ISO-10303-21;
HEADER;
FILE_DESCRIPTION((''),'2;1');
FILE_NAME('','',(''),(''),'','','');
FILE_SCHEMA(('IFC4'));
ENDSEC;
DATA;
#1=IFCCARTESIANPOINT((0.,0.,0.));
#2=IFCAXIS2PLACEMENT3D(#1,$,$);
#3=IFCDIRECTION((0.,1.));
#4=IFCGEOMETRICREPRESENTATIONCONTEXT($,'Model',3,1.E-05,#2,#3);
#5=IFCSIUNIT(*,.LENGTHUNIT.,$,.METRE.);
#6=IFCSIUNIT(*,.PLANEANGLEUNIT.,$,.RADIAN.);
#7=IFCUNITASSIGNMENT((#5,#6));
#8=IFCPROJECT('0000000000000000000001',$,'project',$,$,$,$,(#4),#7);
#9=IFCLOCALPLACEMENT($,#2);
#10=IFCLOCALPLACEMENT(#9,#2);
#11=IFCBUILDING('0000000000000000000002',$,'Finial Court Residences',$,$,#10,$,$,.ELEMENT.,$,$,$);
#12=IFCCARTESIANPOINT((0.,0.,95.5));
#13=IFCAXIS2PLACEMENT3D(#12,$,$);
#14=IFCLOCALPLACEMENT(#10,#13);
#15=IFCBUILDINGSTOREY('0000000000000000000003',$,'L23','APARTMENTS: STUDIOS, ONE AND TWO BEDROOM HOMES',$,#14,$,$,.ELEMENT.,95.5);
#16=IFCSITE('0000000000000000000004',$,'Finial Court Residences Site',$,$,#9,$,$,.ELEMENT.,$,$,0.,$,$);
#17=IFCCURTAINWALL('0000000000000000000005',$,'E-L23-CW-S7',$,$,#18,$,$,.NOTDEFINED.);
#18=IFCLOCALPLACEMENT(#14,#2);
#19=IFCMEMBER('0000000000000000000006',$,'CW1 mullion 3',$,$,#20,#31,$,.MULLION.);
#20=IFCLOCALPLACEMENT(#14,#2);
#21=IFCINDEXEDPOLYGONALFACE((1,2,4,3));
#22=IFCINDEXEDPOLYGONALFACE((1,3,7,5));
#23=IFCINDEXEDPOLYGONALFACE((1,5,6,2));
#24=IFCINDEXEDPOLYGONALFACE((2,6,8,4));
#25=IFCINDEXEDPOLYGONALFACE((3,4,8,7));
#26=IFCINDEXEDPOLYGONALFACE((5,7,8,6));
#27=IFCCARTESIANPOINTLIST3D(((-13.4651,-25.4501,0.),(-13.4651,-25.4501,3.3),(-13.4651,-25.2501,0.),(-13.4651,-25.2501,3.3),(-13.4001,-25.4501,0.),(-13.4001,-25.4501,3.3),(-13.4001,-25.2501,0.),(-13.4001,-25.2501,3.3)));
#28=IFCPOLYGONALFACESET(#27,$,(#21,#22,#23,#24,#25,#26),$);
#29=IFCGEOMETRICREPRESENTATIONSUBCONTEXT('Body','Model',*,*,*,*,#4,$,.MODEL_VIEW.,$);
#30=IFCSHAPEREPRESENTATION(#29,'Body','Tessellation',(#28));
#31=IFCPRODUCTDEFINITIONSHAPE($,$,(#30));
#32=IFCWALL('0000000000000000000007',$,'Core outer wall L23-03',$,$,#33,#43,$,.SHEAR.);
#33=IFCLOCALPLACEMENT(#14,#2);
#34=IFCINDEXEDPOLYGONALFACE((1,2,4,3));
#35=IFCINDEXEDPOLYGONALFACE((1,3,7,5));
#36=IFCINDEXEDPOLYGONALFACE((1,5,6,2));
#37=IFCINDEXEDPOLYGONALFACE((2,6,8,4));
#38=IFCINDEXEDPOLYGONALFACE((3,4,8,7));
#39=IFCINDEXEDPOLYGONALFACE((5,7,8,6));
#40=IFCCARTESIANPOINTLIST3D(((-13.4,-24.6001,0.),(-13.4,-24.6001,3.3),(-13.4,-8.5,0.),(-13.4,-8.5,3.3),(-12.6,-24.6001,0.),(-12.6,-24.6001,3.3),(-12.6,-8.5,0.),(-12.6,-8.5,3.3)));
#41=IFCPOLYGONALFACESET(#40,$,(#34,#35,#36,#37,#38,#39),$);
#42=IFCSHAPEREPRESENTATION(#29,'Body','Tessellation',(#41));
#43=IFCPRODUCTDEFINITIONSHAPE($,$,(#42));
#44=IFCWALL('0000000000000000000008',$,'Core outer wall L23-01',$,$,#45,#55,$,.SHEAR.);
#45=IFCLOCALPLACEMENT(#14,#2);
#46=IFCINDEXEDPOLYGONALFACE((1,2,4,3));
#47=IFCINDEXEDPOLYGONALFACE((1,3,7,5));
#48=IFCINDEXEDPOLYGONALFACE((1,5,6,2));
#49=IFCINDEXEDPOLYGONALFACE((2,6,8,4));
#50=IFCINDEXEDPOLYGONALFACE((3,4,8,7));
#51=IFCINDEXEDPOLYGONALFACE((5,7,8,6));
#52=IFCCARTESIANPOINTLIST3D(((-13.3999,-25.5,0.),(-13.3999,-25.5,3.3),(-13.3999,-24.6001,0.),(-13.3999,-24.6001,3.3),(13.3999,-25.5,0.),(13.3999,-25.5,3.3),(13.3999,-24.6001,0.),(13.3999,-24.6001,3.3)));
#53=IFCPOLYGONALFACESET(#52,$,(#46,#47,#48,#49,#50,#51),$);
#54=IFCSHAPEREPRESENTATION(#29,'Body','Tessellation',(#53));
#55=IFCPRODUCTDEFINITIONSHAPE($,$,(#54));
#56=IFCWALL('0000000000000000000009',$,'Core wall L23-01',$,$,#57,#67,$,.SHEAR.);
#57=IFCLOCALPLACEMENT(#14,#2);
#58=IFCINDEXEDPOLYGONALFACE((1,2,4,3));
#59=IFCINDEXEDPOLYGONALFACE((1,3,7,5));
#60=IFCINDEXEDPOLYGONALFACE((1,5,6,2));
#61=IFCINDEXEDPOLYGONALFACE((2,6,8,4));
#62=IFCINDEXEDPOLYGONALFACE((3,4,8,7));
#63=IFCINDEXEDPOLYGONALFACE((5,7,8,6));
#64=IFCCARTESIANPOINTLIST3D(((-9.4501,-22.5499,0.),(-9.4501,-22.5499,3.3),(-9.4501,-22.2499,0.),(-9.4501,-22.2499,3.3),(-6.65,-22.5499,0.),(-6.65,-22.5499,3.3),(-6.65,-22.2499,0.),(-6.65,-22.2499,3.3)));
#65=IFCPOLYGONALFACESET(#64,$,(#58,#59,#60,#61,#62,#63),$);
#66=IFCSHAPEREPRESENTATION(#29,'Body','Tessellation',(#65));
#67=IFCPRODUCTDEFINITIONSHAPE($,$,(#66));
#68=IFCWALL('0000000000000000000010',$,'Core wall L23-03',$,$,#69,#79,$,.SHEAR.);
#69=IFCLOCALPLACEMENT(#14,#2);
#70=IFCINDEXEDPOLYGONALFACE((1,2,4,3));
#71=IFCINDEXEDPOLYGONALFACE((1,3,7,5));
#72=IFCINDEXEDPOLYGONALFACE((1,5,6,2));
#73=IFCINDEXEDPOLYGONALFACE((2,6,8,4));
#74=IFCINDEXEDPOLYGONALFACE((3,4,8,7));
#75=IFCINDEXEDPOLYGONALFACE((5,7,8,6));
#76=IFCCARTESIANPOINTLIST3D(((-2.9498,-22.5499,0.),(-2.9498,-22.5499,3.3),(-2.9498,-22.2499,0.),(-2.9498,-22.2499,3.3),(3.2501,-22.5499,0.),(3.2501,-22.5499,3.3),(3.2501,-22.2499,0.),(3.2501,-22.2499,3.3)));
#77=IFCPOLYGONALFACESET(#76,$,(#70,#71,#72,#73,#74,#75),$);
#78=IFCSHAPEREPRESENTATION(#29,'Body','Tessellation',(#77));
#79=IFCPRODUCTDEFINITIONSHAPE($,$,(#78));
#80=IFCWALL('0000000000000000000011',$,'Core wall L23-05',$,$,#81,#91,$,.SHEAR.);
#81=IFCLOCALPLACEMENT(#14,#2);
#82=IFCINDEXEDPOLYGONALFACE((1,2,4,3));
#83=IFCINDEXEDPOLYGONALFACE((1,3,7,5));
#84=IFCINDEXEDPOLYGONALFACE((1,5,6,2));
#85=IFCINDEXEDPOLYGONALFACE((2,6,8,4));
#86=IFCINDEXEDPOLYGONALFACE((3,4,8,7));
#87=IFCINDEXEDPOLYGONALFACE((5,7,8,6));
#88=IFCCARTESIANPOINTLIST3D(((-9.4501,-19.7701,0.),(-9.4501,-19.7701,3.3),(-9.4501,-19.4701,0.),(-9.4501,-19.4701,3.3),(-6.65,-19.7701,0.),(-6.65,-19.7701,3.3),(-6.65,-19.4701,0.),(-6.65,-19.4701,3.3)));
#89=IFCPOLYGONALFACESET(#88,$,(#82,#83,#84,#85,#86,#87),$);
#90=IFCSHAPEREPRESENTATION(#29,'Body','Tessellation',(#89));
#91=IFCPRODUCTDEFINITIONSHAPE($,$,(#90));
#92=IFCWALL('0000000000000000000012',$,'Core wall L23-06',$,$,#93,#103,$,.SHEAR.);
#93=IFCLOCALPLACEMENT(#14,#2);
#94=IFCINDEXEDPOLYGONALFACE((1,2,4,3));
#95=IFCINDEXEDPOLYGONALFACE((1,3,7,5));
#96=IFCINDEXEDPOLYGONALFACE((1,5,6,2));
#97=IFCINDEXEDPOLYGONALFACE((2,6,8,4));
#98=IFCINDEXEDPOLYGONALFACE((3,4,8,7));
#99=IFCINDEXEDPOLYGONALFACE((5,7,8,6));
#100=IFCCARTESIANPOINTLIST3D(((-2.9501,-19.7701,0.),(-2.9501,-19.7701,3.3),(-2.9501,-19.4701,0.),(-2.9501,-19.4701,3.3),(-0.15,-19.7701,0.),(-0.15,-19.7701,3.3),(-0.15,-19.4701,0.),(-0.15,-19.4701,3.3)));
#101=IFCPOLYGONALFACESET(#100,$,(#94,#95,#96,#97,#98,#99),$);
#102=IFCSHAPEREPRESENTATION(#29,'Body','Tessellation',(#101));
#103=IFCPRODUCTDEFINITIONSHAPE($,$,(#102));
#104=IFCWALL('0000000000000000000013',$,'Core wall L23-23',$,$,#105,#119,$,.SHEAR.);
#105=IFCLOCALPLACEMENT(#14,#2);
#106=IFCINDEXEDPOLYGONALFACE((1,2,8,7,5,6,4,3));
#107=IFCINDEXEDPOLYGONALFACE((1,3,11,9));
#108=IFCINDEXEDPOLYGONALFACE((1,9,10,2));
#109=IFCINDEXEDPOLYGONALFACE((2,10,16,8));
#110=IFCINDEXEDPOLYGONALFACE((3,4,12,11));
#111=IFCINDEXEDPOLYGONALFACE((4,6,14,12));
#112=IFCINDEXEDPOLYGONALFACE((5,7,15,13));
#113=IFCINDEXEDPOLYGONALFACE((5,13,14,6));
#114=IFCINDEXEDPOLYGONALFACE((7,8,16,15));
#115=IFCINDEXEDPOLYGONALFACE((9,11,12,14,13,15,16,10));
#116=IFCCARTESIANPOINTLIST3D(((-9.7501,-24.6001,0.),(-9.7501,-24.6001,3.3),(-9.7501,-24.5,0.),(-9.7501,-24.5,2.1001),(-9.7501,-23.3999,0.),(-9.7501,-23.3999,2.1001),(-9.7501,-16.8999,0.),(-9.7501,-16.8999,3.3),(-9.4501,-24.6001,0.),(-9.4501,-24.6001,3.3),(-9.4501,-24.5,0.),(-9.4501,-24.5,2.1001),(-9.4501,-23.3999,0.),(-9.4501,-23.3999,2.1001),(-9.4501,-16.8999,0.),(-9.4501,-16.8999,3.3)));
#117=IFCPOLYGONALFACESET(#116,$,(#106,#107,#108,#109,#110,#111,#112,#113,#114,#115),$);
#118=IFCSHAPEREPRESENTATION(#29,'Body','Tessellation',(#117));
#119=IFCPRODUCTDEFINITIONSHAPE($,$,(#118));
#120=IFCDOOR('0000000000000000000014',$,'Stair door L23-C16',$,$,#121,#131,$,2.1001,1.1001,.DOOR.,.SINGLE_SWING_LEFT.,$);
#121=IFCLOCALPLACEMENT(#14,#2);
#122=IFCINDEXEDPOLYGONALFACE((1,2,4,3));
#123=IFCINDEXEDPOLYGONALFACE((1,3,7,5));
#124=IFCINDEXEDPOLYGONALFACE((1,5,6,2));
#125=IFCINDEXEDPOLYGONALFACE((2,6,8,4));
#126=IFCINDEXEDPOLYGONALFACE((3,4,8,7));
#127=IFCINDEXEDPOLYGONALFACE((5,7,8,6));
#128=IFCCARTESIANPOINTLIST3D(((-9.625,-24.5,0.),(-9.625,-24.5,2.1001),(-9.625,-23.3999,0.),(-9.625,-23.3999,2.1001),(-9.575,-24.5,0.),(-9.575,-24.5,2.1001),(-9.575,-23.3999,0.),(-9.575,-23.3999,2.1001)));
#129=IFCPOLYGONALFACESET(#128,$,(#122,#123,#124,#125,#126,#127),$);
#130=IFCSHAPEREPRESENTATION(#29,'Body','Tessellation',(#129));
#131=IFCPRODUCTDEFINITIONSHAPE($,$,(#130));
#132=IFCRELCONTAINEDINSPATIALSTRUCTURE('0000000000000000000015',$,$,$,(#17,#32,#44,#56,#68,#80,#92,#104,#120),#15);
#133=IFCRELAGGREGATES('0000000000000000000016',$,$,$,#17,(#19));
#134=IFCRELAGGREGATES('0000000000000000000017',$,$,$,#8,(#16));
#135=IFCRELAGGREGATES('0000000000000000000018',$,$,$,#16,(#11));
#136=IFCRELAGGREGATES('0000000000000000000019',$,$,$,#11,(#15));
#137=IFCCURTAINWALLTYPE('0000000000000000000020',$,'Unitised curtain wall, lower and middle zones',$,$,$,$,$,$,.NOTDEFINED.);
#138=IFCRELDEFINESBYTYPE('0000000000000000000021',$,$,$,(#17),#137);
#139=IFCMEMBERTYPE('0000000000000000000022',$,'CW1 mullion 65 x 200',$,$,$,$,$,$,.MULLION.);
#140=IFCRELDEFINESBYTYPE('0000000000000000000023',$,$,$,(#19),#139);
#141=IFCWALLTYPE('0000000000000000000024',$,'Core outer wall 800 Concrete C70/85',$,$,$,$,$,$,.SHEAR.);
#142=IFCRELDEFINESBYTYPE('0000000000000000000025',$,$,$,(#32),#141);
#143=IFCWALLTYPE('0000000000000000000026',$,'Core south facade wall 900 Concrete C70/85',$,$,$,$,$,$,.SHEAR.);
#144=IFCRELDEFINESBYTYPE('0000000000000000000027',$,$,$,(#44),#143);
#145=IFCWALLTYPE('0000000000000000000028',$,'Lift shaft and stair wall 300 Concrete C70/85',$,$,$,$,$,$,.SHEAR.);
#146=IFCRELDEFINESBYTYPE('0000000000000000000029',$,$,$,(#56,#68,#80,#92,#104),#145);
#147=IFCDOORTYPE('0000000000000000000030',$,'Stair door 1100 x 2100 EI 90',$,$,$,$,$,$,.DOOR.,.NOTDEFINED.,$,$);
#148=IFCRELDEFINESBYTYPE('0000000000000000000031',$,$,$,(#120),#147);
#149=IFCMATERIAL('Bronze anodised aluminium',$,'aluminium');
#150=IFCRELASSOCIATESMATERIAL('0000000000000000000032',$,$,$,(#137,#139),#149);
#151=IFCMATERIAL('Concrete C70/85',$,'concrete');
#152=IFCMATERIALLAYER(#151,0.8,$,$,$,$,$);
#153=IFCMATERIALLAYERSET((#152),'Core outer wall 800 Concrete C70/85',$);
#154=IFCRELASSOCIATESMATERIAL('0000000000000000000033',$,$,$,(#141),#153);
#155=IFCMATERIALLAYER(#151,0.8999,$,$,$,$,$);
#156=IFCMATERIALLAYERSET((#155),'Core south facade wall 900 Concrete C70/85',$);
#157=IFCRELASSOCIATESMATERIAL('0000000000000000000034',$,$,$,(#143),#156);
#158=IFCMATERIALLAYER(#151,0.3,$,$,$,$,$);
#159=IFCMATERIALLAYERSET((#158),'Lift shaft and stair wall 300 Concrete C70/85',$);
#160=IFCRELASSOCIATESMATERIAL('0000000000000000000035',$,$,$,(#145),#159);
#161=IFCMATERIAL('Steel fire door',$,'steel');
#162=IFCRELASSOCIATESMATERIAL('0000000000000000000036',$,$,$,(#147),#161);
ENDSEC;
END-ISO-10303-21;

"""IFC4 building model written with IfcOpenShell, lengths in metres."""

from ifc_helpers import new_model, si_unit, direction, frame, frame_2d, origin, origin_2d, place, context, subcontext, project, spatial, rectangle, extrude, material, layer, layer_set, material_profile, profile_set, type_object, element, fill, aggregate, save


model = new_model("IFC4")

# Units and contexts
model_context = context("Model", 3, precision=1e-05, world=origin(), true_north=direction((0.0, 1.0)))
body_context = subcontext(model_context, "Body", "Model", "MODEL_VIEW")
ifc_project = project(units=[si_unit("LENGTHUNIT", "METRE"), si_unit("PLANEANGLEUNIT", "RADIAN")], contexts=[model_context])

# Site, building, storey
site_placement = place(None, origin())
site = spatial("IfcSite", under=ifc_project, at=site_placement, Name="Finial Court Residences Site", CompositionType="ELEMENT", RefElevation=0.0)
building_placement = place(site_placement, origin())
building = spatial("IfcBuilding", under=site, at=building_placement, Name="Finial Court Residences", CompositionType="ELEMENT")
storey_placement = place(building_placement, frame((0.0, 0.0, 95.5)))
storey = spatial("IfcBuildingStorey", under=building, at=storey_placement, Name="L23", Description="APARTMENTS: STUDIOS, ONE AND TWO BEDROOM HOMES", CompositionType="ELEMENT", Elevation=95.5)

# Curtain wall, member
ifc_material_1 = material(Name="Bronze anodised aluminium", Category="aluminium")
curtain_wall_type = type_object("IfcCurtainWallType", Name="Unitised curtain wall, lower and middle zones", PredefinedType="NOTDEFINED", material=ifc_material_1)
curtain_wall_placement = place(storey_placement, origin())
curtain_wall = element("IfcCurtainWall", 1, at=curtain_wall_placement, inside=storey, type_object=curtain_wall_type, Name="E-L23-CW-S7", PredefinedType="NOTDEFINED")
ifc_material_profile = material_profile(ifc_material_1, rectangle(XDim=0.2, YDim=0.0649, at=origin_2d()), Name="CW1 mullion 65 x 200")
ifc_profile_set = profile_set([ifc_material_profile], Name="Bronze anodised aluminium")
member_type = type_object("IfcMemberType", Name="CW1 mullion 65 x 200", PredefinedType="MULLION", material=ifc_profile_set)
member_placement = place(storey_placement, frame((-13.4326, -25.3501, 0.0), z_axis=(0.0, 0.0, 1.0), x_axis=(0.0, 1.0, 0.0)))
member = element("IfcMember", 2, at=member_placement, type_object=member_type, Name="CW1 mullion 3", PredefinedType="MULLION", context=body_context, shape_type="SweptSolid", body=[
    extrude(rectangle(XDim=0.2, YDim=0.0649, at=origin_2d()), origin(), (0.0, 0.0, 1.0), 3.3),
])
aggregate(curtain_wall, [member])

# Walls
ifc_material_2 = material(Name="Concrete C70/85", Category="concrete")
ifc_layer_1 = layer(ifc_material_2, 0.8)
ifc_layer_set_1 = layer_set([ifc_layer_1], Name="Core outer wall 800 Concrete C70/85")
wall_type_1 = type_object("IfcWallType", Name="Core outer wall 800 Concrete C70/85", PredefinedType="SHEAR", material=ifc_layer_set_1)
wall_1_placement = place(storey_placement, frame((-13.0, -24.6001, 0.0), z_axis=(0.0, 0.0, 1.0), x_axis=(0.0, 1.0, 0.0)))
element("IfcWall", 3, at=wall_1_placement, inside=storey, type_object=wall_type_1, Name="Core outer wall L23-03", PredefinedType="SHEAR", context=body_context, shape_type="SweptSolid", body=[
    extrude(rectangle(XDim=16.1001, YDim=0.8, at=frame_2d((8.05, 0.0))), origin(), (0.0, 0.0, 1.0), 3.3),
])
ifc_layer_2 = layer(ifc_material_2, 0.8999)
ifc_layer_set_2 = layer_set([ifc_layer_2], Name="Core south facade wall 900 Concrete C70/85")
wall_type_2 = type_object("IfcWallType", Name="Core south facade wall 900 Concrete C70/85", PredefinedType="SHEAR", material=ifc_layer_set_2)
wall_2_placement = place(storey_placement, frame((-13.3999, -25.05, 0.0), z_axis=(0.0, 0.0, 1.0), x_axis=(1.0, 0.0, 0.0)))
element("IfcWall", 4, at=wall_2_placement, inside=storey, type_object=wall_type_2, Name="Core outer wall L23-01", PredefinedType="SHEAR", context=body_context, shape_type="SweptSolid", body=[
    extrude(rectangle(XDim=26.7998, YDim=0.8999, at=frame_2d((13.3999, 0.0))), origin(), (0.0, 0.0, 1.0), 3.3),
])
ifc_layer_3 = layer(ifc_material_2, 0.3)
ifc_layer_set_3 = layer_set([ifc_layer_3], Name="Lift shaft and stair wall 300 Concrete C70/85")
wall_type_3 = type_object("IfcWallType", Name="Lift shaft and stair wall 300 Concrete C70/85", PredefinedType="SHEAR", material=ifc_layer_set_3)
wall_3_placement = place(storey_placement, frame((-9.45, -22.3999, 0.0), z_axis=(0.0, 0.0, 1.0), x_axis=(1.0, 0.0, 0.0)))
element("IfcWall", 5, at=wall_3_placement, inside=storey, type_object=wall_type_3, Name="Core wall L23-01", PredefinedType="SHEAR", context=body_context, shape_type="SweptSolid", body=[
    extrude(rectangle(XDim=2.8, YDim=0.3, at=frame_2d((1.3999, 0.0))), origin(), (0.0, 0.0, 1.0), 3.3),
])
wall_4_placement = place(storey_placement, frame((-2.95, -22.3999, 0.0), z_axis=(0.0, 0.0, 1.0), x_axis=(1.0, 0.0, 0.0)))
element("IfcWall", 6, at=wall_4_placement, inside=storey, type_object=wall_type_3, Name="Core wall L23-03", PredefinedType="SHEAR", context=body_context, shape_type="SweptSolid", body=[
    extrude(rectangle(XDim=6.2, YDim=0.3, at=frame_2d((3.1001, 0.0))), origin(), (0.0, 0.0, 1.0), 3.3),
])
for number, where, z_axis, x_axis, name in (
    (7, (-9.45, -19.6201, 0.0), (0.0, 0.0, 1.0), (1.0, 0.0, 0.0), "Core wall L23-05"),
    (8, (-2.95, -19.6201, 0.0), (0.0, 0.0, 1.0), (1.0, 0.0, 0.0), "Core wall L23-06"),
):
    element("IfcWall", number, at=place(storey_placement, frame(where, z_axis=z_axis, x_axis=x_axis)), inside=storey, type_object=wall_type_3, Name=name, PredefinedType="SHEAR", context=body_context, shape_type="SweptSolid", body=[
        extrude(rectangle(XDim=2.8, YDim=0.3, at=frame_2d((1.3999, 0.0))), origin(), (0.0, 0.0, 1.0), 3.3),
    ])

# Wall, opening, door
wall_5_placement = place(storey_placement, frame((-9.6001, -24.6001, 0.0), z_axis=(0.0, 0.0, 1.0), x_axis=(0.0, 1.0, 0.0)))
wall_5 = element("IfcWall", 9, at=wall_5_placement, inside=storey, type_object=wall_type_3, Name="Core wall L23-23", PredefinedType="SHEAR", context=body_context, shape_type="SweptSolid", body=[
    extrude(rectangle(XDim=7.7002, YDim=0.3, at=frame_2d((3.8501, 0.0))), origin(), (0.0, 0.0, 1.0), 3.3),
])
opening_1_placement = place(wall_5_placement, frame((0.1001, 0.0, 0.0)))
opening_1 = element("IfcOpeningElement", 10, at=opening_1_placement, cuts=wall_5, PredefinedType="OPENING", context=body_context, shape_type="SweptSolid", body=[
    extrude(rectangle(XDim=1.1001, YDim=2.1001, at=frame_2d((0.55, 1.05))), frame((0.0, 0.1599, 0.0), z_axis=(0.0, -1.0, 0.0), x_axis=(1.0, 0.0, 0.0)), (0.0, 0.0, 1.0), 0.3201),
])
ifc_material_3 = material(Name="Steel fire door", Category="steel")
door_type_1 = type_object("IfcDoorType", Name="Stair door 1100 x 2100 EI 90", OperationType="NOTDEFINED", PredefinedType="DOOR", material=ifc_material_3)
door_1_placement = place(opening_1_placement, origin())
door_1 = element("IfcDoor", 11, at=door_1_placement, inside=storey, type_object=door_type_1, Name="Stair door L23-C16", OperationType="SINGLE_SWING_LEFT", OverallHeight=2.1001, OverallWidth=1.1001, PredefinedType="DOOR", context=body_context, shape_type="SweptSolid", body=[
    extrude(rectangle(XDim=1.1001, YDim=2.1001, at=frame_2d((0.55, 1.05))), frame((0.0, 0.0249, 0.0), z_axis=(0.0, -1.0, 0.0), x_axis=(1.0, 0.0, 0.0)), (0.0, 0.0, 1.0), 0.05),
])
fill(opening_1, door_1)

save(model, "model.ifc")
